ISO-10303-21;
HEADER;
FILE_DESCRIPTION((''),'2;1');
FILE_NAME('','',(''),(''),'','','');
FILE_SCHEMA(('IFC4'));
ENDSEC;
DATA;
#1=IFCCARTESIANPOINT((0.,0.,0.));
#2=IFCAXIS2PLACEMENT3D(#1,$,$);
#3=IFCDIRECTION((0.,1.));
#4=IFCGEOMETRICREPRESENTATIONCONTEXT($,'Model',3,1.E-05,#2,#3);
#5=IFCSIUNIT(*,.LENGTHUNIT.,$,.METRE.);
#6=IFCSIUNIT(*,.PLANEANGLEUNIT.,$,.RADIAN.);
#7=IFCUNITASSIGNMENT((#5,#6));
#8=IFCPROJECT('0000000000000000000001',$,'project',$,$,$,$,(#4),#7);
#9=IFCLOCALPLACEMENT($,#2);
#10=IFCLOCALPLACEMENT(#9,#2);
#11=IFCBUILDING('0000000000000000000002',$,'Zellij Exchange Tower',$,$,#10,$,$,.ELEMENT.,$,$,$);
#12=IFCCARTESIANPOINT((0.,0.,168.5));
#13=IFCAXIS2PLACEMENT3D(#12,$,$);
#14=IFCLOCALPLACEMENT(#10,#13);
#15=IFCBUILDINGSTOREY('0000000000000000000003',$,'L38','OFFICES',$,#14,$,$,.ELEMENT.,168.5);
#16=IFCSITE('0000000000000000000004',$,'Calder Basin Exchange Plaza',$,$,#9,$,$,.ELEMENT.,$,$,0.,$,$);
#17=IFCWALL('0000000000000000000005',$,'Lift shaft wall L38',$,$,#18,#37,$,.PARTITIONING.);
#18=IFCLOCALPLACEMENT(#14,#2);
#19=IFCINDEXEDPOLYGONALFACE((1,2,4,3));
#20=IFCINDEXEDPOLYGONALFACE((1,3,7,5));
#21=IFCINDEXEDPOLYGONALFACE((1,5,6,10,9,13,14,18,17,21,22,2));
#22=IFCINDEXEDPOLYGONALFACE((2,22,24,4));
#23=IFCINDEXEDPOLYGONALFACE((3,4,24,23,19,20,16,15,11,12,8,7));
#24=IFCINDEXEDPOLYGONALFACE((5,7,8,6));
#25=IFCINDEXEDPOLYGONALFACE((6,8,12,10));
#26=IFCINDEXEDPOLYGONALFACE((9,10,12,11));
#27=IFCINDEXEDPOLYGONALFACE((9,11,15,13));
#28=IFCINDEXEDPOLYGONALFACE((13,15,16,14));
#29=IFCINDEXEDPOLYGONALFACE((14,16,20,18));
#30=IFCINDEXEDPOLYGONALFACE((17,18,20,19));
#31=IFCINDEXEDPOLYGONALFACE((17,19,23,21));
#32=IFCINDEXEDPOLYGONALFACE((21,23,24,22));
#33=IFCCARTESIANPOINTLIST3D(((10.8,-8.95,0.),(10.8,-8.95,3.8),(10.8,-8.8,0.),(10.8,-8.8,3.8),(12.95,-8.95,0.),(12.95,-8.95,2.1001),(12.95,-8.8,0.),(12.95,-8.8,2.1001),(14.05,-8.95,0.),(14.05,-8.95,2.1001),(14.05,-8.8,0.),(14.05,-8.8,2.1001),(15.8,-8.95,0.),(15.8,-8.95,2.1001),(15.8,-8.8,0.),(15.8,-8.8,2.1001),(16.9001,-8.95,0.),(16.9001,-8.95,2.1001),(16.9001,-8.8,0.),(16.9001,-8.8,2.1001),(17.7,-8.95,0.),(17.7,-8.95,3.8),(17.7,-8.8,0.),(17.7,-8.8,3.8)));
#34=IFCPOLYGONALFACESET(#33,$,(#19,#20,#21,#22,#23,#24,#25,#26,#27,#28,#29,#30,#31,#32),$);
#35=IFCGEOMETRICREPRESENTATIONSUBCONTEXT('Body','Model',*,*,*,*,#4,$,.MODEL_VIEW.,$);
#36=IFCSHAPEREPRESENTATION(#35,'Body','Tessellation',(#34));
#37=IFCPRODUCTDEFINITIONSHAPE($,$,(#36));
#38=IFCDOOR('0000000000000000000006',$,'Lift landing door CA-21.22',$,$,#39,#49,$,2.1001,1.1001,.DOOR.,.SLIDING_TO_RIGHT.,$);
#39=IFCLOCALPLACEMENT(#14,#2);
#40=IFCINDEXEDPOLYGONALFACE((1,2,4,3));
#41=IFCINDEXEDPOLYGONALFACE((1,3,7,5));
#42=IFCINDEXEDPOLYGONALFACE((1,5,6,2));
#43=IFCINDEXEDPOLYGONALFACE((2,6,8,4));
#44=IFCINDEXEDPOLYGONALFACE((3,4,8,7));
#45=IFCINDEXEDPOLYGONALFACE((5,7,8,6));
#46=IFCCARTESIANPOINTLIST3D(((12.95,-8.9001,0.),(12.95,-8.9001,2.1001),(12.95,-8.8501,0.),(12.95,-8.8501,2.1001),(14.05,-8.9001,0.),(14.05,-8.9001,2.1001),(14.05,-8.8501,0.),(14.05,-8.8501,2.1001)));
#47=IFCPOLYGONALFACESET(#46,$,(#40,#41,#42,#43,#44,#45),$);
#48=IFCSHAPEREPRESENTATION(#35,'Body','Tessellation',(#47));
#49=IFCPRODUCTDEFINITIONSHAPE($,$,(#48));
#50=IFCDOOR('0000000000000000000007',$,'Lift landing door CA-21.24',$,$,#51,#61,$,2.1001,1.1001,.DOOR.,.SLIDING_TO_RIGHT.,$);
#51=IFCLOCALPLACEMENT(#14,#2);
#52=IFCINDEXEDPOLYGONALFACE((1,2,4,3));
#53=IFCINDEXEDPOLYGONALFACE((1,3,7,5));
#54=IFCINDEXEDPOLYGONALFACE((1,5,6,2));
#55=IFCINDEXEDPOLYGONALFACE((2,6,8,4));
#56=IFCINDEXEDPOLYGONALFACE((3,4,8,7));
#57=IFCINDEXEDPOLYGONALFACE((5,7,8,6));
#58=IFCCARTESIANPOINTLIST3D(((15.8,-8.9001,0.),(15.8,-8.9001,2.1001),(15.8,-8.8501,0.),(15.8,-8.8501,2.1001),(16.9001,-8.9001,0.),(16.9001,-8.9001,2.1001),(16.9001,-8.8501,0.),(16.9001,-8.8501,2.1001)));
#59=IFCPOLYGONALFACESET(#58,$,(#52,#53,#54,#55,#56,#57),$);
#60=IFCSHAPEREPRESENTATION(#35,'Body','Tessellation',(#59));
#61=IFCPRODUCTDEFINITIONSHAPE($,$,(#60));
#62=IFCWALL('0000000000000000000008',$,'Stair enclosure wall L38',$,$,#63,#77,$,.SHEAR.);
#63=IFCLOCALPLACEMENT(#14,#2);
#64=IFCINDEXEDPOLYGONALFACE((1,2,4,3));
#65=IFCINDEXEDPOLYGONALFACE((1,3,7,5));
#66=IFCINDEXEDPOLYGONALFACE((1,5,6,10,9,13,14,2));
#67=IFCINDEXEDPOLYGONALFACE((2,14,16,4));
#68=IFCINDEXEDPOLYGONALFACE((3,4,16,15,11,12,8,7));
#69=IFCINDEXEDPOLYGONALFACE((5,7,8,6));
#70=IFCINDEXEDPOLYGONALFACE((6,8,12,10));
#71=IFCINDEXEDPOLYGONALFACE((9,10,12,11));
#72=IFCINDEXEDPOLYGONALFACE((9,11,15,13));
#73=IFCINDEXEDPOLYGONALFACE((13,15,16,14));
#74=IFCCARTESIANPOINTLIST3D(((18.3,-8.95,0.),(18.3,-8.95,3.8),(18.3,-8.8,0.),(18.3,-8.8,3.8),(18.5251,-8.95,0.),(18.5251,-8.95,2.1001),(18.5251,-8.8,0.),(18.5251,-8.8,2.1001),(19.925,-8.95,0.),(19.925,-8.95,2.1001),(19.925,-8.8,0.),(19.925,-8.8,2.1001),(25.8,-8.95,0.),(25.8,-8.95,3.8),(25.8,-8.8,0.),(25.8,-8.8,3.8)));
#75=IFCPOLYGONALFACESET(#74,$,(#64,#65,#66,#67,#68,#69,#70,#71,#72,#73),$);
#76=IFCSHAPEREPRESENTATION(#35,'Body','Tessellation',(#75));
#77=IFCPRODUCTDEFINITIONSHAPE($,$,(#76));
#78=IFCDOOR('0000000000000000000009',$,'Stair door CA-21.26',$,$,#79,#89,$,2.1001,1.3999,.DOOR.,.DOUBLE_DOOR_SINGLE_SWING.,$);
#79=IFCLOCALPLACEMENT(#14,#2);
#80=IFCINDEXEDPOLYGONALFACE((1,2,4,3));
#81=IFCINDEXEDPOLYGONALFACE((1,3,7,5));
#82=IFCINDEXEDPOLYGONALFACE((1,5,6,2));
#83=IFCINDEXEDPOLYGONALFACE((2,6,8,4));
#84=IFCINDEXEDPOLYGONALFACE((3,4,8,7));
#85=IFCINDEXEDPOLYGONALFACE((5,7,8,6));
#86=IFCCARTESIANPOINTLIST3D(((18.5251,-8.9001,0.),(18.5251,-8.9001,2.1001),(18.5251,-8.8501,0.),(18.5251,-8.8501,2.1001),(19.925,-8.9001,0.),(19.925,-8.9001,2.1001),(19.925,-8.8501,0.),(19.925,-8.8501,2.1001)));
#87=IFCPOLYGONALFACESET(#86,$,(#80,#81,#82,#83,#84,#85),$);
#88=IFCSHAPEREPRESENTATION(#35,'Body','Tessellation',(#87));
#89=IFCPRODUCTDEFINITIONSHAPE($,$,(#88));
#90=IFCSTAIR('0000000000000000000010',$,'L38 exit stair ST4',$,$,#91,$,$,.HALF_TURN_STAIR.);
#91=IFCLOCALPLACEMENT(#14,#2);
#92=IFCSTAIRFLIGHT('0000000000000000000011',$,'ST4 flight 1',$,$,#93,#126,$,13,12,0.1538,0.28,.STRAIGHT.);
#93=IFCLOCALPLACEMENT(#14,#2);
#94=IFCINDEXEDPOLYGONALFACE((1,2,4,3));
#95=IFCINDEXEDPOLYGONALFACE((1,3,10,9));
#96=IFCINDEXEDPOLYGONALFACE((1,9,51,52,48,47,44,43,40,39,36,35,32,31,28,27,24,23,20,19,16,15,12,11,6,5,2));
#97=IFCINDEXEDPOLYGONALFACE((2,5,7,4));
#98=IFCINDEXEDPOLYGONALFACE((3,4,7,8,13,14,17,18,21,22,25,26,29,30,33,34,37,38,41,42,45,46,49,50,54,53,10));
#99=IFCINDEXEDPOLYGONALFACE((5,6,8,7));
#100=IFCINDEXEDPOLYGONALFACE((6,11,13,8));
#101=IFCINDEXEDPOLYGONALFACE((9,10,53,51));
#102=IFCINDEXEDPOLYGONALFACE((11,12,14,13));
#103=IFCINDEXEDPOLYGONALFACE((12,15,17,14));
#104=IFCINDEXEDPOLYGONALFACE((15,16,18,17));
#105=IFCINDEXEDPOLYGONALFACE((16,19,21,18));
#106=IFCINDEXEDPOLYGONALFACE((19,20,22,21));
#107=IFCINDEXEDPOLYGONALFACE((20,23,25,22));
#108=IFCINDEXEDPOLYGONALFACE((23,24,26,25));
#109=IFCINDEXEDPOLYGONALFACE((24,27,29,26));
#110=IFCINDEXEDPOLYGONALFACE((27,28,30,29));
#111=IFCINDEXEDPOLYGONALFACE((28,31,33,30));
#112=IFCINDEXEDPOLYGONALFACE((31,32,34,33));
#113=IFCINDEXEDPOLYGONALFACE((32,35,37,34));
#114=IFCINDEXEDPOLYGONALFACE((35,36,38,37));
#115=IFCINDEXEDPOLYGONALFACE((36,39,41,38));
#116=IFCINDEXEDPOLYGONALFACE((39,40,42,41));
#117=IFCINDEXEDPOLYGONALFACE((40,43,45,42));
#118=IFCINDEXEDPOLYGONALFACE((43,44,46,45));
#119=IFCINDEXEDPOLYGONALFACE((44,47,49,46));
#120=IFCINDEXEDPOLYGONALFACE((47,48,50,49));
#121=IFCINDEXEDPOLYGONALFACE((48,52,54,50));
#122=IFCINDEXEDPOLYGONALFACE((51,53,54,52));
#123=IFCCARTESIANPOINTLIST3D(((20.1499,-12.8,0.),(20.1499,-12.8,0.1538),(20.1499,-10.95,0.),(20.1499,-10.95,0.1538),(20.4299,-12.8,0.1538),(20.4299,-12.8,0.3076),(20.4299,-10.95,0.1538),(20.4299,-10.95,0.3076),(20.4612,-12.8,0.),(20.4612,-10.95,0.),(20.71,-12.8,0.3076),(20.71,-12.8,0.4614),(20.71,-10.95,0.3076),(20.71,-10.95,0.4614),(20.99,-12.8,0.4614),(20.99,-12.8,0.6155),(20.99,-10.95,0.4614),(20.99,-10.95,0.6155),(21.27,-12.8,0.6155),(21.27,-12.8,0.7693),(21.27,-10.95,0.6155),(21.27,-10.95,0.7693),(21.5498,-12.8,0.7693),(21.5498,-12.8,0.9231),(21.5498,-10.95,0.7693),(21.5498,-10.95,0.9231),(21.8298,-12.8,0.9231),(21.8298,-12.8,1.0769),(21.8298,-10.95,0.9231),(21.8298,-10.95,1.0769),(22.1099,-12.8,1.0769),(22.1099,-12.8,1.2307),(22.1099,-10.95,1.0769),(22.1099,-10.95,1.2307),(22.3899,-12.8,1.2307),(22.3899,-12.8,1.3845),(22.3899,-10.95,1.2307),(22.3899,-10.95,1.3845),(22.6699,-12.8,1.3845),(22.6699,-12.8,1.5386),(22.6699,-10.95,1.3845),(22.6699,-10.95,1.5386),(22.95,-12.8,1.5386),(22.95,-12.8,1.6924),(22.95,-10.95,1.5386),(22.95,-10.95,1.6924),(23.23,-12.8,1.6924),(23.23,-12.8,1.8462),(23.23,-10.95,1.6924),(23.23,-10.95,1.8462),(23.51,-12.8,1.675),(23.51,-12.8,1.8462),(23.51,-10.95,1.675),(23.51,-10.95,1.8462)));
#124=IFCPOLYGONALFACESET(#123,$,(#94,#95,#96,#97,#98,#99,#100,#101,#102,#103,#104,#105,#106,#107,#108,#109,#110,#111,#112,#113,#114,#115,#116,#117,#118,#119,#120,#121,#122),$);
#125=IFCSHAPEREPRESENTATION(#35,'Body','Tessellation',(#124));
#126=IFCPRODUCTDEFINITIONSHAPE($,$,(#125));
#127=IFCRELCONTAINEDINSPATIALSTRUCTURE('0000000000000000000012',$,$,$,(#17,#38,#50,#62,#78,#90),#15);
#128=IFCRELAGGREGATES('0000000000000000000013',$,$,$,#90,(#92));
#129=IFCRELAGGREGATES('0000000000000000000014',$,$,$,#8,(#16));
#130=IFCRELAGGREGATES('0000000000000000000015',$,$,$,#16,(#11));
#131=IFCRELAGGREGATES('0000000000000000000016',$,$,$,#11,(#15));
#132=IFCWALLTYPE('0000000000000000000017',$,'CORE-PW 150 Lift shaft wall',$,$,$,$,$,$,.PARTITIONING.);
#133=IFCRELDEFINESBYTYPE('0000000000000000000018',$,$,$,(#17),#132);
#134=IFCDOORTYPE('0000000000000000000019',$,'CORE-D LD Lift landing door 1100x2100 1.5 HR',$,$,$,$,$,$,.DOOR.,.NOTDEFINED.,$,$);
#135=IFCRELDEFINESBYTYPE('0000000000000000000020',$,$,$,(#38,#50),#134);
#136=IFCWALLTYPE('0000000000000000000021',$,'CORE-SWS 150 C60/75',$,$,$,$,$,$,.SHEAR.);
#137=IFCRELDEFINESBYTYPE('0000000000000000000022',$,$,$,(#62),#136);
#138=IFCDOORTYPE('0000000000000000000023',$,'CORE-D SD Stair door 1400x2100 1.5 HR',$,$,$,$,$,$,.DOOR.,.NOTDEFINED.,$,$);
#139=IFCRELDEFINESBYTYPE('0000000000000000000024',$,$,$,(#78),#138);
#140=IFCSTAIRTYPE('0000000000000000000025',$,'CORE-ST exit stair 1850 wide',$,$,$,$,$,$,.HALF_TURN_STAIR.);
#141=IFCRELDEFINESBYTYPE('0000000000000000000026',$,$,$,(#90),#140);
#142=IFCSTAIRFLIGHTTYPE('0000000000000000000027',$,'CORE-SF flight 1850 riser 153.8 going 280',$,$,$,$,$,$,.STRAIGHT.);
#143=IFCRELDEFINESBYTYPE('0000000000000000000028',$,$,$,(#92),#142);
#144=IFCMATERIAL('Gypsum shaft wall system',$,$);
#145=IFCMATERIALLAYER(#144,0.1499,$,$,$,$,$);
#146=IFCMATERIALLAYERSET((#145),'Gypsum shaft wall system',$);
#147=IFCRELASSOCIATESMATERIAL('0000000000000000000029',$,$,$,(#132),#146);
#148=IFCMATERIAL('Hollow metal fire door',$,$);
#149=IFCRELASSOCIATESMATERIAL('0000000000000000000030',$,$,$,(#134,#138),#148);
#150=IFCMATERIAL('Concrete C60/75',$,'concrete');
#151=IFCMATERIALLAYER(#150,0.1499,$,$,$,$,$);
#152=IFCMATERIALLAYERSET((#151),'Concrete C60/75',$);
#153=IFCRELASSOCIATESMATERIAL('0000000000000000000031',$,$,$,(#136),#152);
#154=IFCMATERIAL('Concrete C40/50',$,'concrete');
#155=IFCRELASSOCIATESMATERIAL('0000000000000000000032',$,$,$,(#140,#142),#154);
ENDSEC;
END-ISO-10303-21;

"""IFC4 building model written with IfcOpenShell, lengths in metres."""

from ifc_helpers import new_model, si_unit, direction, frame, frame_2d, origin, place, context, subcontext, project, spatial, polyline, rectangle, outline, extrude, material, layer, layer_set, type_object, element, fill, aggregate, save


model = new_model("IFC4")

# Units and contexts
model_context = context("Model", 3, precision=1e-05, world=origin(), true_north=direction((0.0, 1.0)))
body_context = subcontext(model_context, "Body", "Model", "MODEL_VIEW")
ifc_project = project(units=[si_unit("LENGTHUNIT", "METRE"), si_unit("PLANEANGLEUNIT", "RADIAN")], contexts=[model_context])

# Site, building, storey
site_placement = place(None, origin())
site = spatial("IfcSite", under=ifc_project, at=site_placement, Name="Calder Basin Exchange Plaza", CompositionType="ELEMENT", RefElevation=0.0)
building_placement = place(site_placement, origin())
building = spatial("IfcBuilding", under=site, at=building_placement, Name="Zellij Exchange Tower", CompositionType="ELEMENT")
storey_placement = place(building_placement, frame((0.0, 0.0, 168.5)))
storey = spatial("IfcBuildingStorey", under=building, at=storey_placement, Name="L38", Description="OFFICES", CompositionType="ELEMENT", Elevation=168.5)

# Shared definitions
ifc_material_1 = material(Name="Concrete C60/75", Category="concrete")

# Shared definitions
ifc_material_2 = material(Name="Hollow metal fire door")

# Shared definitions
ifc_material_3 = material(Name="Gypsum shaft wall system")
ifc_layer_1 = layer(ifc_material_3, 0.1499)
ifc_layer_set_1 = layer_set([ifc_layer_1], Name="Gypsum shaft wall system")
wall_type_1 = type_object("IfcWallType", Name="CORE-PW 150 Lift shaft wall", PredefinedType="PARTITIONING", material=ifc_layer_set_1)

# Wall, openings, doors
door_type_1 = type_object("IfcDoorType", Name="CORE-D LD Lift landing door 1100x2100 1.5 HR", OperationType="NOTDEFINED", PredefinedType="DOOR", material=ifc_material_2)
wall_1_placement = place(storey_placement, frame((10.8, -8.875, 0.0), z_axis=(0.0, 0.0, 1.0), x_axis=(1.0, 0.0, 0.0)))
wall_1 = element("IfcWall", 1, at=wall_1_placement, inside=storey, type_object=wall_type_1, Name="Lift shaft wall L38", PredefinedType="PARTITIONING", context=body_context, shape_type="SweptSolid", body=[
    extrude(rectangle(XDim=6.8999, YDim=0.1499, at=frame_2d((3.45, 0.0))), origin(), (0.0, 0.0, 1.0), 3.8),
])
opening_1_placement = place(wall_1_placement, frame((2.1499, 0.0, 0.0)))
opening_1 = element("IfcOpeningElement", 2, at=opening_1_placement, cuts=wall_1, PredefinedType="OPENING", context=body_context, shape_type="SweptSolid", body=[
    extrude(rectangle(XDim=1.1001, YDim=2.1001, at=frame_2d((0.55, 1.05))), frame((0.0, 0.0869, 0.0), z_axis=(0.0, -1.0, 0.0), x_axis=(1.0, 0.0, 0.0)), (0.0, 0.0, 1.0), 0.1738),
])
opening_2_placement = place(wall_1_placement, frame((5.0, 0.0, 0.0)))
opening_2 = element("IfcOpeningElement", 3, at=opening_2_placement, cuts=wall_1, PredefinedType="OPENING", context=body_context, shape_type="SweptSolid", body=[
    extrude(rectangle(XDim=1.1001, YDim=2.1001, at=frame_2d((0.55, 1.05))), frame((0.0, 0.0869, 0.0), z_axis=(0.0, -1.0, 0.0), x_axis=(1.0, 0.0, 0.0)), (0.0, 0.0, 1.0), 0.1738),
])
door_1_placement = place(opening_1_placement, origin())
door_1 = element("IfcDoor", 4, at=door_1_placement, inside=storey, type_object=door_type_1, Name="Lift landing door CA-21.22", OperationType="SLIDING_TO_RIGHT", OverallHeight=2.1001, OverallWidth=1.1001, PredefinedType="DOOR", context=body_context, shape_type="SweptSolid", body=[
    extrude(rectangle(XDim=1.1001, YDim=2.1001, at=frame_2d((0.55, 1.05))), frame((0.0, 0.0249, 0.0), z_axis=(0.0, -1.0, 0.0), x_axis=(1.0, 0.0, 0.0)), (0.0, 0.0, 1.0), 0.05),
])
fill(opening_1, door_1)
door_2_placement = place(opening_2_placement, origin())
door_2 = element("IfcDoor", 5, at=door_2_placement, inside=storey, type_object=door_type_1, Name="Lift landing door CA-21.24", OperationType="SLIDING_TO_RIGHT", OverallHeight=2.1001, OverallWidth=1.1001, PredefinedType="DOOR", context=body_context, shape_type="SweptSolid", body=[
    extrude(rectangle(XDim=1.1001, YDim=2.1001, at=frame_2d((0.55, 1.05))), frame((0.0, 0.0249, 0.0), z_axis=(0.0, -1.0, 0.0), x_axis=(1.0, 0.0, 0.0)), (0.0, 0.0, 1.0), 0.05),
])
fill(opening_2, door_2)

# Wall, opening, door
ifc_layer_2 = layer(ifc_material_1, 0.1499)
ifc_layer_set_2 = layer_set([ifc_layer_2], Name="Concrete C60/75")
wall_type_2 = type_object("IfcWallType", Name="CORE-SWS 150 C60/75", PredefinedType="SHEAR", material=ifc_layer_set_2)
wall_2_placement = place(storey_placement, frame((18.3, -8.875, 0.0), z_axis=(0.0, 0.0, 1.0), x_axis=(1.0, 0.0, 0.0)))
wall_2 = element("IfcWall", 6, at=wall_2_placement, inside=storey, type_object=wall_type_2, Name="Stair enclosure wall L38", PredefinedType="SHEAR", context=body_context, shape_type="SweptSolid", body=[
    extrude(rectangle(XDim=7.5, YDim=0.1499, at=frame_2d((3.75, 0.0))), origin(), (0.0, 0.0, 1.0), 3.8),
])
opening_3_placement = place(wall_2_placement, frame((0.2251, 0.0, 0.0)))
opening_3 = element("IfcOpeningElement", 7, at=opening_3_placement, cuts=wall_2, PredefinedType="OPENING", context=body_context, shape_type="SweptSolid", body=[
    extrude(rectangle(XDim=1.3999, YDim=2.1001, at=frame_2d((0.7, 1.05))), frame((0.0, 0.0869, 0.0), z_axis=(0.0, -1.0, 0.0), x_axis=(1.0, 0.0, 0.0)), (0.0, 0.0, 1.0), 0.1738),
])
door_type_2 = type_object("IfcDoorType", Name="CORE-D SD Stair door 1400x2100 1.5 HR", OperationType="NOTDEFINED", PredefinedType="DOOR", material=ifc_material_2)
door_3_placement = place(opening_3_placement, origin())
door_3 = element("IfcDoor", 8, at=door_3_placement, inside=storey, type_object=door_type_2, Name="Stair door CA-21.26", OperationType="DOUBLE_DOOR_SINGLE_SWING", OverallHeight=2.1001, OverallWidth=1.3999, PredefinedType="DOOR", context=body_context, shape_type="SweptSolid", body=[
    extrude(rectangle(XDim=1.3999, YDim=2.1001, at=frame_2d((0.7, 1.05))), frame((0.0, 0.0249, 0.0), z_axis=(0.0, -1.0, 0.0), x_axis=(1.0, 0.0, 0.0)), (0.0, 0.0, 1.0), 0.05),
])
fill(opening_3, door_3)

# Stair, stair flight
ifc_material_4 = material(Name="Concrete C40/50", Category="concrete")
stair_type = type_object("IfcStairType", Name="CORE-ST exit stair 1850 wide", PredefinedType="HALF_TURN_STAIR", material=ifc_material_4)
stair_placement = place(storey_placement, origin())
stair = element("IfcStair", 9, at=stair_placement, inside=storey, type_object=stair_type, Name="L38 exit stair ST4", PredefinedType="HALF_TURN_STAIR")
stair_flight_type = type_object("IfcStairFlightType", Name="CORE-SF flight 1850 riser 153.8 going 280", PredefinedType="STRAIGHT", material=ifc_material_4)
stair_flight_placement = place(storey_placement, frame((20.1499, -11.875, 0.0), z_axis=(0.0, 0.0, 1.0), x_axis=(1.0, 0.0, 0.0)))
stair_flight = element("IfcStairFlight", 10, at=stair_flight_placement, type_object=stair_flight_type, Name="ST4 flight 1", NumberOfRisers=13, NumberOfTreads=12, PredefinedType="STRAIGHT", RiserHeight=0.1538, TreadLength=0.28, context=body_context, shape_type="SweptSolid", body=[
    extrude(outline(polyline([(0.0, 0.0), (0.0, 0.1538), (0.28, 0.1538), (0.28, 0.3076), (0.5601, 0.3076), (0.5601, 0.4614), (0.8401, 0.4614), (0.8401, 0.6155), (1.1201, 0.6155), (1.1201, 0.7693), (1.3999, 0.7693), (1.3999, 0.9231), (1.6799, 0.9231), (1.6799, 1.0769), (1.96, 1.0769), (1.96, 1.2307), (2.24, 1.2307), (2.24, 1.3845), (2.52, 1.3845), (2.52, 1.5386), (2.8, 1.5386), (2.8, 1.6924), (3.0801, 1.6924), (3.0801, 1.8462), (3.3601, 1.8462), (3.3601, 2.0), (3.3601, 1.675), (0.3113, 0.0), (0.0, 0.0)])), frame((0.0, 0.925, 0.0), z_axis=(0.0, -1.0, 0.0), x_axis=(1.0, 0.0, 0.0)), (0.0, 0.0, 1.0), 1.8501),
])
aggregate(stair, [stair_flight])

save(model, "model.ifc")
